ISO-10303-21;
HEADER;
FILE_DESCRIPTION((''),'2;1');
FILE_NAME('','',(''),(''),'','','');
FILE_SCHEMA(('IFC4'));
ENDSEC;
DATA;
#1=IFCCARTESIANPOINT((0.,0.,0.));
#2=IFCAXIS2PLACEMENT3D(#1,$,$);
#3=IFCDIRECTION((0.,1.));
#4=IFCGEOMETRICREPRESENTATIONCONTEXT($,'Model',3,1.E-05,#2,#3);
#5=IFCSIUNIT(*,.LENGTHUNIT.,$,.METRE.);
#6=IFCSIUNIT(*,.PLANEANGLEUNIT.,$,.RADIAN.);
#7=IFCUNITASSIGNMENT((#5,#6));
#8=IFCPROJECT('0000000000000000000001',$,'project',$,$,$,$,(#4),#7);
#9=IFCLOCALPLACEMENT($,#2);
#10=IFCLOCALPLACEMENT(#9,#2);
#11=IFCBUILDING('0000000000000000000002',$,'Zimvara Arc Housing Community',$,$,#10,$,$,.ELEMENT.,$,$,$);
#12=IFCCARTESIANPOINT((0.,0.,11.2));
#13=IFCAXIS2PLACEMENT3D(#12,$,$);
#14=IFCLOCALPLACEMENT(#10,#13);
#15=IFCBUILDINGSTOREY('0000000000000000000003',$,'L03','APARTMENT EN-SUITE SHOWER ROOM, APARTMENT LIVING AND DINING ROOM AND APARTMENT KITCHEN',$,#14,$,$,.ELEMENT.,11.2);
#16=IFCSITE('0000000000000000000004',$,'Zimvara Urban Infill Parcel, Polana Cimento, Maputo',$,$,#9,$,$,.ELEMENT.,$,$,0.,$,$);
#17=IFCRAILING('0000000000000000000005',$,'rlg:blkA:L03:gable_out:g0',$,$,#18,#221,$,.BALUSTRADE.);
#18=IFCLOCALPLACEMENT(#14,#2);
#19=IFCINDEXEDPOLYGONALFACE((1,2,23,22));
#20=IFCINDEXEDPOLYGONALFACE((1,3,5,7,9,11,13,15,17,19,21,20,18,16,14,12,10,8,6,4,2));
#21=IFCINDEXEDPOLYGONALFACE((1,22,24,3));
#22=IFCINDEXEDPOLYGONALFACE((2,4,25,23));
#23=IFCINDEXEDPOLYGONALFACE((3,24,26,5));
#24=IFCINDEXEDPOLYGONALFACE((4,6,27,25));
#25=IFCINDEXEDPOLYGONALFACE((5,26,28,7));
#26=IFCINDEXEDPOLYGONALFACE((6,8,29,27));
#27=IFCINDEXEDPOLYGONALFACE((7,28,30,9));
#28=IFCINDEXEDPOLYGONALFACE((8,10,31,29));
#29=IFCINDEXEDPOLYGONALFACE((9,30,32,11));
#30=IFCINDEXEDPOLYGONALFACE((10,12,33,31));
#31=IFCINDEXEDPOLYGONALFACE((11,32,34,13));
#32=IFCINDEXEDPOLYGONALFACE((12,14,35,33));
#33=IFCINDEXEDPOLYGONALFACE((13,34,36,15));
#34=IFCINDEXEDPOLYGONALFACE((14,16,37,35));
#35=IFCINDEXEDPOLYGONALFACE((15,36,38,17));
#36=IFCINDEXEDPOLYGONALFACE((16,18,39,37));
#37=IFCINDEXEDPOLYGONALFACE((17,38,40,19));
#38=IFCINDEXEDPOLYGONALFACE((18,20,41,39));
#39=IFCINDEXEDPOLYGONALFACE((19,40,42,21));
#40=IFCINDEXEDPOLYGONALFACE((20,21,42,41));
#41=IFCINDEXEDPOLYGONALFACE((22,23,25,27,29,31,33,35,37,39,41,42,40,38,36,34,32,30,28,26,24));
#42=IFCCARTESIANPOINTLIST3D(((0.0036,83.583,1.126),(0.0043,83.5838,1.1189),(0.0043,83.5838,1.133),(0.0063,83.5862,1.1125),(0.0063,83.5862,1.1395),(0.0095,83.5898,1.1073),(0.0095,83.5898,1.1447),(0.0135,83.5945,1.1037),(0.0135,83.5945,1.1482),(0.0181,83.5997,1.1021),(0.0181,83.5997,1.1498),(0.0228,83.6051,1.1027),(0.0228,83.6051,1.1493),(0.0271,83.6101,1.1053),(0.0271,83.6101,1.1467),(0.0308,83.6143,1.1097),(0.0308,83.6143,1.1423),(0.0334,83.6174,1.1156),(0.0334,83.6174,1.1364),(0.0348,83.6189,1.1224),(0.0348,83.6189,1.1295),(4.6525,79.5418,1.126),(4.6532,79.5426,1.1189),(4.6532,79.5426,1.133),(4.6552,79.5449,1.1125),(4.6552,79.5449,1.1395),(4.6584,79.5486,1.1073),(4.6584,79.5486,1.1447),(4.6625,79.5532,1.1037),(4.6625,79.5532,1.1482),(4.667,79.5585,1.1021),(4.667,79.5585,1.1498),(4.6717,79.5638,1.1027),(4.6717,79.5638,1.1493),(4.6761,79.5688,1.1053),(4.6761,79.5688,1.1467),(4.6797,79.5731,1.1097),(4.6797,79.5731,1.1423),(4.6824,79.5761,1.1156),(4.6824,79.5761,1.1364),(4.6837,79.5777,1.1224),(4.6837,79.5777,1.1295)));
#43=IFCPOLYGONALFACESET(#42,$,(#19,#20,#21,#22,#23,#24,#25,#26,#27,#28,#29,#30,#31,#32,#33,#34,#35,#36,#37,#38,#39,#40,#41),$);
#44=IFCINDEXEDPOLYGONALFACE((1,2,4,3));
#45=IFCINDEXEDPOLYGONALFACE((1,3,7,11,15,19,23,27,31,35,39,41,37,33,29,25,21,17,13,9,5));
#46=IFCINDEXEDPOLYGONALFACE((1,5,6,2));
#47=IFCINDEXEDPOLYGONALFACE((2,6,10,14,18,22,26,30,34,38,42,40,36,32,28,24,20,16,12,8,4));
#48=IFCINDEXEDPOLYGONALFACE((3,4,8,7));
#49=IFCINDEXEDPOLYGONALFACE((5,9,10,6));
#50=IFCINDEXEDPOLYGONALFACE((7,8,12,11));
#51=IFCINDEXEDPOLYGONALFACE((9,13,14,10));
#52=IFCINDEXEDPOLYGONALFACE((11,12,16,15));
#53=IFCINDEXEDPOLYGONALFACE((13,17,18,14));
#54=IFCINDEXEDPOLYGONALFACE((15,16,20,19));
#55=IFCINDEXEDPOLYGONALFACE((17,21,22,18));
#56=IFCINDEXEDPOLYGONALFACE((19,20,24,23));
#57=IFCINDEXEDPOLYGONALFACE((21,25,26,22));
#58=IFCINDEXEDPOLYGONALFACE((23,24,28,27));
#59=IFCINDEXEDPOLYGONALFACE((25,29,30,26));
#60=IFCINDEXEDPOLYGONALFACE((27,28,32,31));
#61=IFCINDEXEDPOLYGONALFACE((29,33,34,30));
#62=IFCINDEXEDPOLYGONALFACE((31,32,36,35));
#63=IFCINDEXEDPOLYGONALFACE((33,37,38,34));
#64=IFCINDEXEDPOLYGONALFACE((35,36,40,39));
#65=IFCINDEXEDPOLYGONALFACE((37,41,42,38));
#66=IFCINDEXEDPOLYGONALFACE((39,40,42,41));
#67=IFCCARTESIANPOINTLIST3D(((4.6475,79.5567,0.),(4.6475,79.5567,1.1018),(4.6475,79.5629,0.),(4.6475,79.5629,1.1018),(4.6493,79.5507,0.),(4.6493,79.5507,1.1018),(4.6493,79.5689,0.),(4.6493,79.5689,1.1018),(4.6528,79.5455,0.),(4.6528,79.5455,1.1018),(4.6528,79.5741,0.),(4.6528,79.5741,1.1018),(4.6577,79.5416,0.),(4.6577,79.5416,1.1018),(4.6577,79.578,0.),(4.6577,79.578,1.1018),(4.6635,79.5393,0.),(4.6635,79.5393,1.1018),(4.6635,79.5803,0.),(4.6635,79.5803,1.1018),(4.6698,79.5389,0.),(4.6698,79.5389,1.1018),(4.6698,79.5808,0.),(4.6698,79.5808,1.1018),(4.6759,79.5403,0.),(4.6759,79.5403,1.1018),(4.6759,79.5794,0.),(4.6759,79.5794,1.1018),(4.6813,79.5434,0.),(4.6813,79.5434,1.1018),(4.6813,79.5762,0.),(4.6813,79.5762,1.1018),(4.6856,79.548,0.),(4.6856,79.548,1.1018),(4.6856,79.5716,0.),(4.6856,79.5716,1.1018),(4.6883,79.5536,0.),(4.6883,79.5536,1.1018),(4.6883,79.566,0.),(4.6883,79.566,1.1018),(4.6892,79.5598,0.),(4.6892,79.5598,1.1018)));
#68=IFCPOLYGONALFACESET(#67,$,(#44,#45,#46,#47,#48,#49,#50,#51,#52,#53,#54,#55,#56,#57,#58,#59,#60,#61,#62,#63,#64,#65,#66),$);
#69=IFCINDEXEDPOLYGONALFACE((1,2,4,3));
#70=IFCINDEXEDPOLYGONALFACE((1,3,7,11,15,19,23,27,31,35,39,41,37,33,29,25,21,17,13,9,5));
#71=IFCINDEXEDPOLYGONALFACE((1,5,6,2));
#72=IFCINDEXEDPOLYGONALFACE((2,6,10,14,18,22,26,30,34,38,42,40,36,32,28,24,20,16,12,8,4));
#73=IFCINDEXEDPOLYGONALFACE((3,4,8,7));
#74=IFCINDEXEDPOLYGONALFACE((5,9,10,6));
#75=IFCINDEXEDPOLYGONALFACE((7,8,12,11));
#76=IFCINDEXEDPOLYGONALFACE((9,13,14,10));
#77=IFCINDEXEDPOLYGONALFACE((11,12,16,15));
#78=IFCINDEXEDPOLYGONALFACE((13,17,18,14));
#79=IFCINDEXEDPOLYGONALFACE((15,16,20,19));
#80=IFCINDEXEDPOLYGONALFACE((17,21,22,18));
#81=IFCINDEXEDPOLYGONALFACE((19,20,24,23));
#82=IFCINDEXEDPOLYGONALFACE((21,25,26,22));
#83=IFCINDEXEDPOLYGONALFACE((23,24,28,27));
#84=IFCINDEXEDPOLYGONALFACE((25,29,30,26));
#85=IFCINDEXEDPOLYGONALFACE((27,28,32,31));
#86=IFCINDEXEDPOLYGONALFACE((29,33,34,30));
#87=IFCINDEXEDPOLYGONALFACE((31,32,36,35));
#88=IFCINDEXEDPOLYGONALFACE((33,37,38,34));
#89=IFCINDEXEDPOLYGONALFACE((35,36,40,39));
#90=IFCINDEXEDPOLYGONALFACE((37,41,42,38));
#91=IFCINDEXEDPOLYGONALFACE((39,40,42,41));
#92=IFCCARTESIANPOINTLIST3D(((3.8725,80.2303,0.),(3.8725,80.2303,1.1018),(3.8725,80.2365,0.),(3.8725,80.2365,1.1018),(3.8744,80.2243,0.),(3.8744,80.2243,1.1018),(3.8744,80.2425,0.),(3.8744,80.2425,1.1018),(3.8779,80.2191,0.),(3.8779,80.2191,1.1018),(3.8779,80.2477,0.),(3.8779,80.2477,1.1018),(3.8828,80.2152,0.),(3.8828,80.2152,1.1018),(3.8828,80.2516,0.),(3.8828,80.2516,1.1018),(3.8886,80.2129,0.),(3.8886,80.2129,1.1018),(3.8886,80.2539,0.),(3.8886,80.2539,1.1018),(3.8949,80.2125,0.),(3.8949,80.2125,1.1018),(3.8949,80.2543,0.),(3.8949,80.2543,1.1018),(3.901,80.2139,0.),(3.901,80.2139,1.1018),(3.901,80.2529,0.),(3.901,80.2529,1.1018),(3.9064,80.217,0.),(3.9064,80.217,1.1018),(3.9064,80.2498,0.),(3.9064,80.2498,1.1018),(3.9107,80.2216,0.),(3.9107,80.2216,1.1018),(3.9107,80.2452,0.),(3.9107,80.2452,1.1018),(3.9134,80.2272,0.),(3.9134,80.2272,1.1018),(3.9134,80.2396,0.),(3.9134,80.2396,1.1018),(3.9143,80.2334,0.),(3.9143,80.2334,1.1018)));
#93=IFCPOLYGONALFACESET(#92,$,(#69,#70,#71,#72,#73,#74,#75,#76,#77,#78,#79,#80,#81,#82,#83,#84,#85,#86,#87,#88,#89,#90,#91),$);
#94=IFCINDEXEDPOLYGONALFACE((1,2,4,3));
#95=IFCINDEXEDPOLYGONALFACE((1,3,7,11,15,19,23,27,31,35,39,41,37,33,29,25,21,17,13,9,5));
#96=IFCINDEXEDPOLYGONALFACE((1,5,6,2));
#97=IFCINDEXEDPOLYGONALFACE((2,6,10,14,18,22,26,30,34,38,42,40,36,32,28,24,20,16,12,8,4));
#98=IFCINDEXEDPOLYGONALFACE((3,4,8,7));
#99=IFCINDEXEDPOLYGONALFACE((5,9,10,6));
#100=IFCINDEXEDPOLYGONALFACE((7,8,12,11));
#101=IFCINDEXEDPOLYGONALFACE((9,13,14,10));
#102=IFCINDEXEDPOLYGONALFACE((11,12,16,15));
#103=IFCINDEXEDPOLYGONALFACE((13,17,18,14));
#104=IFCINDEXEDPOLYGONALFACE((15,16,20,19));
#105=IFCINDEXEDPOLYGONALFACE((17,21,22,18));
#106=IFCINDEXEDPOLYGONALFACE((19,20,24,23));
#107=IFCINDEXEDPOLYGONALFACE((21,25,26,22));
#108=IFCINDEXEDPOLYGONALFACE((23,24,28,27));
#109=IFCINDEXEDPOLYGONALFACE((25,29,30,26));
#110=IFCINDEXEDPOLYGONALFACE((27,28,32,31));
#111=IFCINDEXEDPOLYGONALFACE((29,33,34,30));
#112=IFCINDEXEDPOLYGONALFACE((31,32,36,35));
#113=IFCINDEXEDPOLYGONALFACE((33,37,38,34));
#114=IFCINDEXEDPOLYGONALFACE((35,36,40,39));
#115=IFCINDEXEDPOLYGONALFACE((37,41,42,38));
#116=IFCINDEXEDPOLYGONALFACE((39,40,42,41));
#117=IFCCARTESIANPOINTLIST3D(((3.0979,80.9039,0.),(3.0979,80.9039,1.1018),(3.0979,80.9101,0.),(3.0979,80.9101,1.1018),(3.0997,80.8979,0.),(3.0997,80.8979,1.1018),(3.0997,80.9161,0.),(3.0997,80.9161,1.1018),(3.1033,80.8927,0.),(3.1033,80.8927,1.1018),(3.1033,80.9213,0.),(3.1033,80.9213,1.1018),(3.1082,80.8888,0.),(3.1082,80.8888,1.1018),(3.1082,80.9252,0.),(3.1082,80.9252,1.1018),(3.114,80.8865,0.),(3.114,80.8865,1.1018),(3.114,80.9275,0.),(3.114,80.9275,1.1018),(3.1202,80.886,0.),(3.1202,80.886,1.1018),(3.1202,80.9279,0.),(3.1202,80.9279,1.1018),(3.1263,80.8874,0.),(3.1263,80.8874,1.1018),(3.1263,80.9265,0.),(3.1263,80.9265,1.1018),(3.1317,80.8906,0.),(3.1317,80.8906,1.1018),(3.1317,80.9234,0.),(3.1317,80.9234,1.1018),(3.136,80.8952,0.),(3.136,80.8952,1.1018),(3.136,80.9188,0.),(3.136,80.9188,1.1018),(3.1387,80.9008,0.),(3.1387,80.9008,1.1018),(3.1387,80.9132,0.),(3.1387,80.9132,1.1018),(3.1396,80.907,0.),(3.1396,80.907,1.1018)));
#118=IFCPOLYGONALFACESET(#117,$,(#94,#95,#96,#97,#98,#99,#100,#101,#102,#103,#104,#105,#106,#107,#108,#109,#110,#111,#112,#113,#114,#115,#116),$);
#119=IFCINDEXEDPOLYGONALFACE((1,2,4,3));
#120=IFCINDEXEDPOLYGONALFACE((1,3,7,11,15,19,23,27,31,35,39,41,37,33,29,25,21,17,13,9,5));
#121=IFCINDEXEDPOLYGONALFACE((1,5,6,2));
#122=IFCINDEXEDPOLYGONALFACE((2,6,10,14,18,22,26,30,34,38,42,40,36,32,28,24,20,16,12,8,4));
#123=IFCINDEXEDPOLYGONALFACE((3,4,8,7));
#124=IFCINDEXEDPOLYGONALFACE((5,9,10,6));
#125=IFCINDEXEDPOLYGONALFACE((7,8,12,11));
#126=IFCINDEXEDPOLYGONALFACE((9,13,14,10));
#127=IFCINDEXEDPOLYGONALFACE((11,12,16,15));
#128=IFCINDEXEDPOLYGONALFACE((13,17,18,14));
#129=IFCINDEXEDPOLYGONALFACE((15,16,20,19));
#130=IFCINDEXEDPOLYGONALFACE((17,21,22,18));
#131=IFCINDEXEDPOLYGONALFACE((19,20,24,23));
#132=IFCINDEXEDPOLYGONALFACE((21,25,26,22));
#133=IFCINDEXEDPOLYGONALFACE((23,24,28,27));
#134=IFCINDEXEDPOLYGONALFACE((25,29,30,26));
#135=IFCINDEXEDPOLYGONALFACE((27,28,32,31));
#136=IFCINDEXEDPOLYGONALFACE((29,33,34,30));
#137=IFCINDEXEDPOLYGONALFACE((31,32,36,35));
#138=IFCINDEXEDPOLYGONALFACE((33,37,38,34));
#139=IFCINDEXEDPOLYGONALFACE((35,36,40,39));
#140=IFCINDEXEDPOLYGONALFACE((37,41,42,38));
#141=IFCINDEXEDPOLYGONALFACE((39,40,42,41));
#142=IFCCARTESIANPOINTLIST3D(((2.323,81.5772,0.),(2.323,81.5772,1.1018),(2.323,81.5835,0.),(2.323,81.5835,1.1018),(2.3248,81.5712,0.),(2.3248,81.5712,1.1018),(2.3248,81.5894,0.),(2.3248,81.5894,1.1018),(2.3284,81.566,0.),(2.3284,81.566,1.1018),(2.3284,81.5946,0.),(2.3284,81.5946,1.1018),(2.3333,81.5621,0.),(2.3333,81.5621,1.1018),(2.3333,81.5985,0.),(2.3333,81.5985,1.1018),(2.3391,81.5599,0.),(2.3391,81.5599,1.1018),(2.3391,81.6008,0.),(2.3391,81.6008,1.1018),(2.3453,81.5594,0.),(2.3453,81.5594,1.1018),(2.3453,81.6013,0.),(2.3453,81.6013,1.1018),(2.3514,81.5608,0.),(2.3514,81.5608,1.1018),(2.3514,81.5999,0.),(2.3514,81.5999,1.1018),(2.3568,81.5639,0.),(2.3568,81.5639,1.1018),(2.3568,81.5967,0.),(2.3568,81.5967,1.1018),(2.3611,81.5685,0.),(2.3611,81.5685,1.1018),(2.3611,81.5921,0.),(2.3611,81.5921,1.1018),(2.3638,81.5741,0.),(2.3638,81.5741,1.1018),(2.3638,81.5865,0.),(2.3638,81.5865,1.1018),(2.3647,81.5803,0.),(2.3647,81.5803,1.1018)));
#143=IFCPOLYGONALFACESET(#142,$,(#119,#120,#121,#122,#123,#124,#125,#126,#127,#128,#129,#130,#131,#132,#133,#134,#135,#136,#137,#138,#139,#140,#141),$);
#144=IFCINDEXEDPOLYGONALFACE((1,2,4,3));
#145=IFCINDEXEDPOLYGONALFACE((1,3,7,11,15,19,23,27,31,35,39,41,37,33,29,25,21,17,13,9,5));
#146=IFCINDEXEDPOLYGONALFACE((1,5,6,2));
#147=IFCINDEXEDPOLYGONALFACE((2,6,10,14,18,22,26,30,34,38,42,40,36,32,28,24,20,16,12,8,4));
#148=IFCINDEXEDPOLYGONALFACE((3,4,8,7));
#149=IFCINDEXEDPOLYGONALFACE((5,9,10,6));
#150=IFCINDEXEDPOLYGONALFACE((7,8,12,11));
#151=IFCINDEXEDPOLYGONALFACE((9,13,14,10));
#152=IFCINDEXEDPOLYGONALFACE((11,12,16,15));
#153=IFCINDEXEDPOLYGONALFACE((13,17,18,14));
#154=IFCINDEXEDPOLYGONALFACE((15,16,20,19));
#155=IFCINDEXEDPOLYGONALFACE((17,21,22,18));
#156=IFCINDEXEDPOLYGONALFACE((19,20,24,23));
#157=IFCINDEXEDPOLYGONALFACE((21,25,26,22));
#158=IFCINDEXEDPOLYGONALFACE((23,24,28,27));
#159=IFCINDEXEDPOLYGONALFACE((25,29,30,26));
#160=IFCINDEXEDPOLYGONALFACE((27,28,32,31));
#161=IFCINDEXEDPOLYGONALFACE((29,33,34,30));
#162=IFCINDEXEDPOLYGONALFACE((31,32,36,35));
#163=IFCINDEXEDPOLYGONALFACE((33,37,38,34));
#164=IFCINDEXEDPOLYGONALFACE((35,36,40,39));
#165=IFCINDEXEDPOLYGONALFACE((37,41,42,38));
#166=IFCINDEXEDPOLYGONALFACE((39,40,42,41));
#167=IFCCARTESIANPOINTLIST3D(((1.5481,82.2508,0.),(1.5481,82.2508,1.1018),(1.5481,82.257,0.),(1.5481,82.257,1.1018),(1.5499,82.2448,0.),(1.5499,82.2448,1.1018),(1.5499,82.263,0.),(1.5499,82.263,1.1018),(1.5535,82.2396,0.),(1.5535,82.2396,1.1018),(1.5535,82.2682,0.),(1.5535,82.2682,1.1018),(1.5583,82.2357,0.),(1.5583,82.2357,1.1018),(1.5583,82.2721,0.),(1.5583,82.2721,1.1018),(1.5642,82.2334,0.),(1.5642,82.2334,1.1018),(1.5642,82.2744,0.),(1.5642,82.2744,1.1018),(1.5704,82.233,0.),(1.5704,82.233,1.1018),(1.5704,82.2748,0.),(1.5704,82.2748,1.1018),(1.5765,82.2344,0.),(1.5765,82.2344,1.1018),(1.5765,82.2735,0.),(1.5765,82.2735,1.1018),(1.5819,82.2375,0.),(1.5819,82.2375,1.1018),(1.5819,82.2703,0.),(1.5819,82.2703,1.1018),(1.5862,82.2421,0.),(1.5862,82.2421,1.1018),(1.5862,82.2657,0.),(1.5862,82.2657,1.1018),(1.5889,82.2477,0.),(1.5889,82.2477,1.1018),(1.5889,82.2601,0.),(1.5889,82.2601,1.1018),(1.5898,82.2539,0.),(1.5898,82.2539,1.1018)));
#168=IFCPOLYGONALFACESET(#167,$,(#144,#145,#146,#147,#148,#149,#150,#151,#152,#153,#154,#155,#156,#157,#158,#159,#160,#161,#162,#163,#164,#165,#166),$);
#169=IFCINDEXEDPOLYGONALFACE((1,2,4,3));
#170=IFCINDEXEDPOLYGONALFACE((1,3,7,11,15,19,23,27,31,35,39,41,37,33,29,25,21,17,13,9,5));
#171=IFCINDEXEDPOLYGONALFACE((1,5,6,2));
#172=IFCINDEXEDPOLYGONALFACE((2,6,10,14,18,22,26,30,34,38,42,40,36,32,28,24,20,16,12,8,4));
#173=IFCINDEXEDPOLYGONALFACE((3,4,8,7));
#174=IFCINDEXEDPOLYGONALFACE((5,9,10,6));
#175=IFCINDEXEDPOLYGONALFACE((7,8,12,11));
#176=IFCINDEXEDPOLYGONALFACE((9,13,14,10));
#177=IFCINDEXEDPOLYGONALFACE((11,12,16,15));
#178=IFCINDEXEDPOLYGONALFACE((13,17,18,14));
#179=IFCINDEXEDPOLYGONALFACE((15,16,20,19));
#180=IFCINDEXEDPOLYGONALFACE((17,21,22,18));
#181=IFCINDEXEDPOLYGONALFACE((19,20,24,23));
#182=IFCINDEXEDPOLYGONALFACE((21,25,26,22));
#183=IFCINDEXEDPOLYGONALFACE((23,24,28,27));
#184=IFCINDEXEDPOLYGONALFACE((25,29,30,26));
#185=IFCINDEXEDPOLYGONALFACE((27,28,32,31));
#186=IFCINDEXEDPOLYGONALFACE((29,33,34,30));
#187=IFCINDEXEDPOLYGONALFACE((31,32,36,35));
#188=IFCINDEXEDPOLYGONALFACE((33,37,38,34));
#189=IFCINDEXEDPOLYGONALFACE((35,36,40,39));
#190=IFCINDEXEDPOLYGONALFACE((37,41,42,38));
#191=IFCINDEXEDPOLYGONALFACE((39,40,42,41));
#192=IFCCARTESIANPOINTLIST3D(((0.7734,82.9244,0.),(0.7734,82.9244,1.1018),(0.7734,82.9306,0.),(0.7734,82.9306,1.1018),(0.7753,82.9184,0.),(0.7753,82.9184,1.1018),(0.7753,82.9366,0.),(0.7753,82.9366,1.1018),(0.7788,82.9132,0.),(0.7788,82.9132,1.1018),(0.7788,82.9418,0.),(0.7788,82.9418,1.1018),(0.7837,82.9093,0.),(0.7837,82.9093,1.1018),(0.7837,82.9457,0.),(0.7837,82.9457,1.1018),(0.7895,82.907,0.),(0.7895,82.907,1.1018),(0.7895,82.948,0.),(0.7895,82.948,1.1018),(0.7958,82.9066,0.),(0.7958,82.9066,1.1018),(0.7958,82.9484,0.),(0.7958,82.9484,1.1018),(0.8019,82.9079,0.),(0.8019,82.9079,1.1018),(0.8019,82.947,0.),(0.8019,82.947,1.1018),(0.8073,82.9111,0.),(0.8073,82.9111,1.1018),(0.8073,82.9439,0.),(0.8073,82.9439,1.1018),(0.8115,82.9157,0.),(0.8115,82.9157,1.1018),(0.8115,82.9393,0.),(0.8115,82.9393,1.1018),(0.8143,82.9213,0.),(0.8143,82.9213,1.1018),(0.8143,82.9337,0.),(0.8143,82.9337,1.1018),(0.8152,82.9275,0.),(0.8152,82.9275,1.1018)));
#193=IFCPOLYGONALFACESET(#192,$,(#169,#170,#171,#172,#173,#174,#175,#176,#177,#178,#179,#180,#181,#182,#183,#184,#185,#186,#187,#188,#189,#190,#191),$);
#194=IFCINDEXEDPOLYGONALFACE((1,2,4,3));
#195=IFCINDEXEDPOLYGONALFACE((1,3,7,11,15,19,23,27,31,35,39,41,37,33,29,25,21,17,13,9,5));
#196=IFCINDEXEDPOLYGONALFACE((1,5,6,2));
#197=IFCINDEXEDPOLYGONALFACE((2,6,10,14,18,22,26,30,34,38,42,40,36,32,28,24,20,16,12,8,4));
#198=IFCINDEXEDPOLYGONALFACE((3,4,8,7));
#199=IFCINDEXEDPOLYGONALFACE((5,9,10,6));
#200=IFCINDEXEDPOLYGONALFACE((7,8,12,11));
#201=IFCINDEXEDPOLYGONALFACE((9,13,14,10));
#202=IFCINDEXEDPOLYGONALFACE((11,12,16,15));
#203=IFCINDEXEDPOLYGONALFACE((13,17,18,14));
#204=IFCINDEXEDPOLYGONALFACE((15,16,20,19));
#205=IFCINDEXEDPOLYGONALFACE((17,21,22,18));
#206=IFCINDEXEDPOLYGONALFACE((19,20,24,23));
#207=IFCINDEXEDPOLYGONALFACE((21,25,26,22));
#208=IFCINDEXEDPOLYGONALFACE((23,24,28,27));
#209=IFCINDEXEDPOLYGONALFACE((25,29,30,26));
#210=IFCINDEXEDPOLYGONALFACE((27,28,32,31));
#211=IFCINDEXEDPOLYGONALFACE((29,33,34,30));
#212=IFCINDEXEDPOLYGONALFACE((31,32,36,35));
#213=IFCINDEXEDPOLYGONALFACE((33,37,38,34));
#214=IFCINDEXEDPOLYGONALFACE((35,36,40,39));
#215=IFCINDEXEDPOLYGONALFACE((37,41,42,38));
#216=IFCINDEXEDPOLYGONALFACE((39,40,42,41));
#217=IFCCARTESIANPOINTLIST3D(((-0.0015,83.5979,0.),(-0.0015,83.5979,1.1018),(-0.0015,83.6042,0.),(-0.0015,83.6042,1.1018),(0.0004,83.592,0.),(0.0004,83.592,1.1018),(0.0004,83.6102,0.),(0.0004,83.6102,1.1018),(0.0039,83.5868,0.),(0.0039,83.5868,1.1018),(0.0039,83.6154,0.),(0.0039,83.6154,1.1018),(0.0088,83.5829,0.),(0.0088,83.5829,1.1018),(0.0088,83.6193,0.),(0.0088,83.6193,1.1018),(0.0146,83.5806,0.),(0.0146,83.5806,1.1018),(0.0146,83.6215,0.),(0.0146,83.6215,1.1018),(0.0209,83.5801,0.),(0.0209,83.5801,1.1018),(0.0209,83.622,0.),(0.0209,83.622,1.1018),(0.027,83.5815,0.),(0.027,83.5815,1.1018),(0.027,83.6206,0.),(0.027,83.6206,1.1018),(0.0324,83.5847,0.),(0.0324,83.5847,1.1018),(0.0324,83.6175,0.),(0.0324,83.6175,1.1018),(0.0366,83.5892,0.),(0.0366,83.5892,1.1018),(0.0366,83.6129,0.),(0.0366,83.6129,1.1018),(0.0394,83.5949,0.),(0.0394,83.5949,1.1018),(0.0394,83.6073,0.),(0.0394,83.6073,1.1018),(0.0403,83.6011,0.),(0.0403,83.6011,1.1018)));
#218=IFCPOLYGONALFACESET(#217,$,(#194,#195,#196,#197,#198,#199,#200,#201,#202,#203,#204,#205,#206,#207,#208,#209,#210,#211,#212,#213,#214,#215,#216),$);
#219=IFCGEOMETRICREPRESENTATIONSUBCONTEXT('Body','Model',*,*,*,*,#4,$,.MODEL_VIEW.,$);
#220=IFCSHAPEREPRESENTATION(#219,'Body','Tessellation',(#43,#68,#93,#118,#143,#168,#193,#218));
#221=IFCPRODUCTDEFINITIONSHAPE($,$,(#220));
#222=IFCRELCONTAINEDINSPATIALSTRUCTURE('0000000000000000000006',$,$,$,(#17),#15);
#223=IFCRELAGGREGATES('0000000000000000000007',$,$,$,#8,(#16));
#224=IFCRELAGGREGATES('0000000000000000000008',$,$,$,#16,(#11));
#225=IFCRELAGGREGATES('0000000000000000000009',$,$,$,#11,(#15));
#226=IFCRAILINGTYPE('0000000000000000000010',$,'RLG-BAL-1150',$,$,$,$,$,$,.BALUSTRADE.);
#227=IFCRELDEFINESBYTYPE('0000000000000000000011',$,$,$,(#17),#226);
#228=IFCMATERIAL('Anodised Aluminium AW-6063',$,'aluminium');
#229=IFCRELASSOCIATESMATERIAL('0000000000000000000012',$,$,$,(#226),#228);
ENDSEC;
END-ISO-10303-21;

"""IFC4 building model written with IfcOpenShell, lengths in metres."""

from ifc_helpers import new_model, si_unit, direction, frame, origin, origin_2d, place, context, subcontext, project, spatial, circle, extrude, material, type_object, element, save


model = new_model("IFC4")

# Units and contexts
model_context = context("Model", 3, precision=1e-05, world=origin(), true_north=direction((0.0, 1.0)))
body_context = subcontext(model_context, "Body", "Model", "MODEL_VIEW")
ifc_project = project(units=[si_unit("LENGTHUNIT", "METRE"), si_unit("PLANEANGLEUNIT", "RADIAN")], contexts=[model_context])

# Site, building, storey
site_placement = place(None, origin())
site = spatial("IfcSite", under=ifc_project, at=site_placement, Name="Zimvara Urban Infill Parcel, Polana Cimento, Maputo", CompositionType="ELEMENT", RefElevation=0.0)
building_placement = place(site_placement, origin())
building = spatial("IfcBuilding", under=site, at=building_placement, Name="Zimvara Arc Housing Community", CompositionType="ELEMENT")
storey_placement = place(building_placement, frame((0.0, 0.0, 11.2)))
storey = spatial("IfcBuildingStorey", under=building, at=storey_placement, Name="L03", Description="APARTMENT EN-SUITE SHOWER ROOM, APARTMENT LIVING AND DINING ROOM AND APARTMENT KITCHEN", CompositionType="ELEMENT", Elevation=11.2)

# Railing
ifc_material_1 = material(Name="Anodised Aluminium AW-6063", Category="aluminium")
railing_type = type_object("IfcRailingType", Name="RLG-BAL-1150", PredefinedType="BALUSTRADE", material=ifc_material_1)
railing_placement = place(storey_placement, frame((4.6682, 79.5598, 0.0)))
element("IfcRailing", 1, at=railing_placement, inside=storey, type_object=railing_type, Name="rlg:blkA:L03:gable_out:g0", PredefinedType="BALUSTRADE", context=body_context, shape_type="SweptSolid", body=[
    extrude(circle(Radius=0.0239, at=origin_2d()), frame((0.0, 0.0, 1.126), z_axis=(-0.754709, 0.65606, 0.0), x_axis=(-0.65606, -0.754709, 0.0)), (0.0, 0.0, 1.0), 6.1599),
    extrude(circle(Radius=0.021, at=origin_2d()), origin(), (0.0, 0.0, 1.0), 1.1018),
    extrude(circle(Radius=0.021, at=origin_2d()), frame((-0.7749, 0.6736, 0.0)), (0.0, 0.0, 1.0), 1.1018),
    extrude(circle(Radius=0.021, at=origin_2d()), frame((-1.5496, 1.3472, 0.0)), (0.0, 0.0, 1.0), 1.1018),
    extrude(circle(Radius=0.021, at=origin_2d()), frame((-2.3245, 2.0205, 0.0)), (0.0, 0.0, 1.0), 1.1018),
    extrude(circle(Radius=0.021, at=origin_2d()), frame((-3.0994, 2.6941, 0.0)), (0.0, 0.0, 1.0), 1.1018),
    extrude(circle(Radius=0.021, at=origin_2d()), frame((-3.874, 3.3677, 0.0)), (0.0, 0.0, 1.0), 1.1018),
    extrude(circle(Radius=0.021, at=origin_2d()), frame((-4.6489, 4.0413, 0.0)), (0.0, 0.0, 1.0), 1.1018),
])

save(model, "model.ifc")
